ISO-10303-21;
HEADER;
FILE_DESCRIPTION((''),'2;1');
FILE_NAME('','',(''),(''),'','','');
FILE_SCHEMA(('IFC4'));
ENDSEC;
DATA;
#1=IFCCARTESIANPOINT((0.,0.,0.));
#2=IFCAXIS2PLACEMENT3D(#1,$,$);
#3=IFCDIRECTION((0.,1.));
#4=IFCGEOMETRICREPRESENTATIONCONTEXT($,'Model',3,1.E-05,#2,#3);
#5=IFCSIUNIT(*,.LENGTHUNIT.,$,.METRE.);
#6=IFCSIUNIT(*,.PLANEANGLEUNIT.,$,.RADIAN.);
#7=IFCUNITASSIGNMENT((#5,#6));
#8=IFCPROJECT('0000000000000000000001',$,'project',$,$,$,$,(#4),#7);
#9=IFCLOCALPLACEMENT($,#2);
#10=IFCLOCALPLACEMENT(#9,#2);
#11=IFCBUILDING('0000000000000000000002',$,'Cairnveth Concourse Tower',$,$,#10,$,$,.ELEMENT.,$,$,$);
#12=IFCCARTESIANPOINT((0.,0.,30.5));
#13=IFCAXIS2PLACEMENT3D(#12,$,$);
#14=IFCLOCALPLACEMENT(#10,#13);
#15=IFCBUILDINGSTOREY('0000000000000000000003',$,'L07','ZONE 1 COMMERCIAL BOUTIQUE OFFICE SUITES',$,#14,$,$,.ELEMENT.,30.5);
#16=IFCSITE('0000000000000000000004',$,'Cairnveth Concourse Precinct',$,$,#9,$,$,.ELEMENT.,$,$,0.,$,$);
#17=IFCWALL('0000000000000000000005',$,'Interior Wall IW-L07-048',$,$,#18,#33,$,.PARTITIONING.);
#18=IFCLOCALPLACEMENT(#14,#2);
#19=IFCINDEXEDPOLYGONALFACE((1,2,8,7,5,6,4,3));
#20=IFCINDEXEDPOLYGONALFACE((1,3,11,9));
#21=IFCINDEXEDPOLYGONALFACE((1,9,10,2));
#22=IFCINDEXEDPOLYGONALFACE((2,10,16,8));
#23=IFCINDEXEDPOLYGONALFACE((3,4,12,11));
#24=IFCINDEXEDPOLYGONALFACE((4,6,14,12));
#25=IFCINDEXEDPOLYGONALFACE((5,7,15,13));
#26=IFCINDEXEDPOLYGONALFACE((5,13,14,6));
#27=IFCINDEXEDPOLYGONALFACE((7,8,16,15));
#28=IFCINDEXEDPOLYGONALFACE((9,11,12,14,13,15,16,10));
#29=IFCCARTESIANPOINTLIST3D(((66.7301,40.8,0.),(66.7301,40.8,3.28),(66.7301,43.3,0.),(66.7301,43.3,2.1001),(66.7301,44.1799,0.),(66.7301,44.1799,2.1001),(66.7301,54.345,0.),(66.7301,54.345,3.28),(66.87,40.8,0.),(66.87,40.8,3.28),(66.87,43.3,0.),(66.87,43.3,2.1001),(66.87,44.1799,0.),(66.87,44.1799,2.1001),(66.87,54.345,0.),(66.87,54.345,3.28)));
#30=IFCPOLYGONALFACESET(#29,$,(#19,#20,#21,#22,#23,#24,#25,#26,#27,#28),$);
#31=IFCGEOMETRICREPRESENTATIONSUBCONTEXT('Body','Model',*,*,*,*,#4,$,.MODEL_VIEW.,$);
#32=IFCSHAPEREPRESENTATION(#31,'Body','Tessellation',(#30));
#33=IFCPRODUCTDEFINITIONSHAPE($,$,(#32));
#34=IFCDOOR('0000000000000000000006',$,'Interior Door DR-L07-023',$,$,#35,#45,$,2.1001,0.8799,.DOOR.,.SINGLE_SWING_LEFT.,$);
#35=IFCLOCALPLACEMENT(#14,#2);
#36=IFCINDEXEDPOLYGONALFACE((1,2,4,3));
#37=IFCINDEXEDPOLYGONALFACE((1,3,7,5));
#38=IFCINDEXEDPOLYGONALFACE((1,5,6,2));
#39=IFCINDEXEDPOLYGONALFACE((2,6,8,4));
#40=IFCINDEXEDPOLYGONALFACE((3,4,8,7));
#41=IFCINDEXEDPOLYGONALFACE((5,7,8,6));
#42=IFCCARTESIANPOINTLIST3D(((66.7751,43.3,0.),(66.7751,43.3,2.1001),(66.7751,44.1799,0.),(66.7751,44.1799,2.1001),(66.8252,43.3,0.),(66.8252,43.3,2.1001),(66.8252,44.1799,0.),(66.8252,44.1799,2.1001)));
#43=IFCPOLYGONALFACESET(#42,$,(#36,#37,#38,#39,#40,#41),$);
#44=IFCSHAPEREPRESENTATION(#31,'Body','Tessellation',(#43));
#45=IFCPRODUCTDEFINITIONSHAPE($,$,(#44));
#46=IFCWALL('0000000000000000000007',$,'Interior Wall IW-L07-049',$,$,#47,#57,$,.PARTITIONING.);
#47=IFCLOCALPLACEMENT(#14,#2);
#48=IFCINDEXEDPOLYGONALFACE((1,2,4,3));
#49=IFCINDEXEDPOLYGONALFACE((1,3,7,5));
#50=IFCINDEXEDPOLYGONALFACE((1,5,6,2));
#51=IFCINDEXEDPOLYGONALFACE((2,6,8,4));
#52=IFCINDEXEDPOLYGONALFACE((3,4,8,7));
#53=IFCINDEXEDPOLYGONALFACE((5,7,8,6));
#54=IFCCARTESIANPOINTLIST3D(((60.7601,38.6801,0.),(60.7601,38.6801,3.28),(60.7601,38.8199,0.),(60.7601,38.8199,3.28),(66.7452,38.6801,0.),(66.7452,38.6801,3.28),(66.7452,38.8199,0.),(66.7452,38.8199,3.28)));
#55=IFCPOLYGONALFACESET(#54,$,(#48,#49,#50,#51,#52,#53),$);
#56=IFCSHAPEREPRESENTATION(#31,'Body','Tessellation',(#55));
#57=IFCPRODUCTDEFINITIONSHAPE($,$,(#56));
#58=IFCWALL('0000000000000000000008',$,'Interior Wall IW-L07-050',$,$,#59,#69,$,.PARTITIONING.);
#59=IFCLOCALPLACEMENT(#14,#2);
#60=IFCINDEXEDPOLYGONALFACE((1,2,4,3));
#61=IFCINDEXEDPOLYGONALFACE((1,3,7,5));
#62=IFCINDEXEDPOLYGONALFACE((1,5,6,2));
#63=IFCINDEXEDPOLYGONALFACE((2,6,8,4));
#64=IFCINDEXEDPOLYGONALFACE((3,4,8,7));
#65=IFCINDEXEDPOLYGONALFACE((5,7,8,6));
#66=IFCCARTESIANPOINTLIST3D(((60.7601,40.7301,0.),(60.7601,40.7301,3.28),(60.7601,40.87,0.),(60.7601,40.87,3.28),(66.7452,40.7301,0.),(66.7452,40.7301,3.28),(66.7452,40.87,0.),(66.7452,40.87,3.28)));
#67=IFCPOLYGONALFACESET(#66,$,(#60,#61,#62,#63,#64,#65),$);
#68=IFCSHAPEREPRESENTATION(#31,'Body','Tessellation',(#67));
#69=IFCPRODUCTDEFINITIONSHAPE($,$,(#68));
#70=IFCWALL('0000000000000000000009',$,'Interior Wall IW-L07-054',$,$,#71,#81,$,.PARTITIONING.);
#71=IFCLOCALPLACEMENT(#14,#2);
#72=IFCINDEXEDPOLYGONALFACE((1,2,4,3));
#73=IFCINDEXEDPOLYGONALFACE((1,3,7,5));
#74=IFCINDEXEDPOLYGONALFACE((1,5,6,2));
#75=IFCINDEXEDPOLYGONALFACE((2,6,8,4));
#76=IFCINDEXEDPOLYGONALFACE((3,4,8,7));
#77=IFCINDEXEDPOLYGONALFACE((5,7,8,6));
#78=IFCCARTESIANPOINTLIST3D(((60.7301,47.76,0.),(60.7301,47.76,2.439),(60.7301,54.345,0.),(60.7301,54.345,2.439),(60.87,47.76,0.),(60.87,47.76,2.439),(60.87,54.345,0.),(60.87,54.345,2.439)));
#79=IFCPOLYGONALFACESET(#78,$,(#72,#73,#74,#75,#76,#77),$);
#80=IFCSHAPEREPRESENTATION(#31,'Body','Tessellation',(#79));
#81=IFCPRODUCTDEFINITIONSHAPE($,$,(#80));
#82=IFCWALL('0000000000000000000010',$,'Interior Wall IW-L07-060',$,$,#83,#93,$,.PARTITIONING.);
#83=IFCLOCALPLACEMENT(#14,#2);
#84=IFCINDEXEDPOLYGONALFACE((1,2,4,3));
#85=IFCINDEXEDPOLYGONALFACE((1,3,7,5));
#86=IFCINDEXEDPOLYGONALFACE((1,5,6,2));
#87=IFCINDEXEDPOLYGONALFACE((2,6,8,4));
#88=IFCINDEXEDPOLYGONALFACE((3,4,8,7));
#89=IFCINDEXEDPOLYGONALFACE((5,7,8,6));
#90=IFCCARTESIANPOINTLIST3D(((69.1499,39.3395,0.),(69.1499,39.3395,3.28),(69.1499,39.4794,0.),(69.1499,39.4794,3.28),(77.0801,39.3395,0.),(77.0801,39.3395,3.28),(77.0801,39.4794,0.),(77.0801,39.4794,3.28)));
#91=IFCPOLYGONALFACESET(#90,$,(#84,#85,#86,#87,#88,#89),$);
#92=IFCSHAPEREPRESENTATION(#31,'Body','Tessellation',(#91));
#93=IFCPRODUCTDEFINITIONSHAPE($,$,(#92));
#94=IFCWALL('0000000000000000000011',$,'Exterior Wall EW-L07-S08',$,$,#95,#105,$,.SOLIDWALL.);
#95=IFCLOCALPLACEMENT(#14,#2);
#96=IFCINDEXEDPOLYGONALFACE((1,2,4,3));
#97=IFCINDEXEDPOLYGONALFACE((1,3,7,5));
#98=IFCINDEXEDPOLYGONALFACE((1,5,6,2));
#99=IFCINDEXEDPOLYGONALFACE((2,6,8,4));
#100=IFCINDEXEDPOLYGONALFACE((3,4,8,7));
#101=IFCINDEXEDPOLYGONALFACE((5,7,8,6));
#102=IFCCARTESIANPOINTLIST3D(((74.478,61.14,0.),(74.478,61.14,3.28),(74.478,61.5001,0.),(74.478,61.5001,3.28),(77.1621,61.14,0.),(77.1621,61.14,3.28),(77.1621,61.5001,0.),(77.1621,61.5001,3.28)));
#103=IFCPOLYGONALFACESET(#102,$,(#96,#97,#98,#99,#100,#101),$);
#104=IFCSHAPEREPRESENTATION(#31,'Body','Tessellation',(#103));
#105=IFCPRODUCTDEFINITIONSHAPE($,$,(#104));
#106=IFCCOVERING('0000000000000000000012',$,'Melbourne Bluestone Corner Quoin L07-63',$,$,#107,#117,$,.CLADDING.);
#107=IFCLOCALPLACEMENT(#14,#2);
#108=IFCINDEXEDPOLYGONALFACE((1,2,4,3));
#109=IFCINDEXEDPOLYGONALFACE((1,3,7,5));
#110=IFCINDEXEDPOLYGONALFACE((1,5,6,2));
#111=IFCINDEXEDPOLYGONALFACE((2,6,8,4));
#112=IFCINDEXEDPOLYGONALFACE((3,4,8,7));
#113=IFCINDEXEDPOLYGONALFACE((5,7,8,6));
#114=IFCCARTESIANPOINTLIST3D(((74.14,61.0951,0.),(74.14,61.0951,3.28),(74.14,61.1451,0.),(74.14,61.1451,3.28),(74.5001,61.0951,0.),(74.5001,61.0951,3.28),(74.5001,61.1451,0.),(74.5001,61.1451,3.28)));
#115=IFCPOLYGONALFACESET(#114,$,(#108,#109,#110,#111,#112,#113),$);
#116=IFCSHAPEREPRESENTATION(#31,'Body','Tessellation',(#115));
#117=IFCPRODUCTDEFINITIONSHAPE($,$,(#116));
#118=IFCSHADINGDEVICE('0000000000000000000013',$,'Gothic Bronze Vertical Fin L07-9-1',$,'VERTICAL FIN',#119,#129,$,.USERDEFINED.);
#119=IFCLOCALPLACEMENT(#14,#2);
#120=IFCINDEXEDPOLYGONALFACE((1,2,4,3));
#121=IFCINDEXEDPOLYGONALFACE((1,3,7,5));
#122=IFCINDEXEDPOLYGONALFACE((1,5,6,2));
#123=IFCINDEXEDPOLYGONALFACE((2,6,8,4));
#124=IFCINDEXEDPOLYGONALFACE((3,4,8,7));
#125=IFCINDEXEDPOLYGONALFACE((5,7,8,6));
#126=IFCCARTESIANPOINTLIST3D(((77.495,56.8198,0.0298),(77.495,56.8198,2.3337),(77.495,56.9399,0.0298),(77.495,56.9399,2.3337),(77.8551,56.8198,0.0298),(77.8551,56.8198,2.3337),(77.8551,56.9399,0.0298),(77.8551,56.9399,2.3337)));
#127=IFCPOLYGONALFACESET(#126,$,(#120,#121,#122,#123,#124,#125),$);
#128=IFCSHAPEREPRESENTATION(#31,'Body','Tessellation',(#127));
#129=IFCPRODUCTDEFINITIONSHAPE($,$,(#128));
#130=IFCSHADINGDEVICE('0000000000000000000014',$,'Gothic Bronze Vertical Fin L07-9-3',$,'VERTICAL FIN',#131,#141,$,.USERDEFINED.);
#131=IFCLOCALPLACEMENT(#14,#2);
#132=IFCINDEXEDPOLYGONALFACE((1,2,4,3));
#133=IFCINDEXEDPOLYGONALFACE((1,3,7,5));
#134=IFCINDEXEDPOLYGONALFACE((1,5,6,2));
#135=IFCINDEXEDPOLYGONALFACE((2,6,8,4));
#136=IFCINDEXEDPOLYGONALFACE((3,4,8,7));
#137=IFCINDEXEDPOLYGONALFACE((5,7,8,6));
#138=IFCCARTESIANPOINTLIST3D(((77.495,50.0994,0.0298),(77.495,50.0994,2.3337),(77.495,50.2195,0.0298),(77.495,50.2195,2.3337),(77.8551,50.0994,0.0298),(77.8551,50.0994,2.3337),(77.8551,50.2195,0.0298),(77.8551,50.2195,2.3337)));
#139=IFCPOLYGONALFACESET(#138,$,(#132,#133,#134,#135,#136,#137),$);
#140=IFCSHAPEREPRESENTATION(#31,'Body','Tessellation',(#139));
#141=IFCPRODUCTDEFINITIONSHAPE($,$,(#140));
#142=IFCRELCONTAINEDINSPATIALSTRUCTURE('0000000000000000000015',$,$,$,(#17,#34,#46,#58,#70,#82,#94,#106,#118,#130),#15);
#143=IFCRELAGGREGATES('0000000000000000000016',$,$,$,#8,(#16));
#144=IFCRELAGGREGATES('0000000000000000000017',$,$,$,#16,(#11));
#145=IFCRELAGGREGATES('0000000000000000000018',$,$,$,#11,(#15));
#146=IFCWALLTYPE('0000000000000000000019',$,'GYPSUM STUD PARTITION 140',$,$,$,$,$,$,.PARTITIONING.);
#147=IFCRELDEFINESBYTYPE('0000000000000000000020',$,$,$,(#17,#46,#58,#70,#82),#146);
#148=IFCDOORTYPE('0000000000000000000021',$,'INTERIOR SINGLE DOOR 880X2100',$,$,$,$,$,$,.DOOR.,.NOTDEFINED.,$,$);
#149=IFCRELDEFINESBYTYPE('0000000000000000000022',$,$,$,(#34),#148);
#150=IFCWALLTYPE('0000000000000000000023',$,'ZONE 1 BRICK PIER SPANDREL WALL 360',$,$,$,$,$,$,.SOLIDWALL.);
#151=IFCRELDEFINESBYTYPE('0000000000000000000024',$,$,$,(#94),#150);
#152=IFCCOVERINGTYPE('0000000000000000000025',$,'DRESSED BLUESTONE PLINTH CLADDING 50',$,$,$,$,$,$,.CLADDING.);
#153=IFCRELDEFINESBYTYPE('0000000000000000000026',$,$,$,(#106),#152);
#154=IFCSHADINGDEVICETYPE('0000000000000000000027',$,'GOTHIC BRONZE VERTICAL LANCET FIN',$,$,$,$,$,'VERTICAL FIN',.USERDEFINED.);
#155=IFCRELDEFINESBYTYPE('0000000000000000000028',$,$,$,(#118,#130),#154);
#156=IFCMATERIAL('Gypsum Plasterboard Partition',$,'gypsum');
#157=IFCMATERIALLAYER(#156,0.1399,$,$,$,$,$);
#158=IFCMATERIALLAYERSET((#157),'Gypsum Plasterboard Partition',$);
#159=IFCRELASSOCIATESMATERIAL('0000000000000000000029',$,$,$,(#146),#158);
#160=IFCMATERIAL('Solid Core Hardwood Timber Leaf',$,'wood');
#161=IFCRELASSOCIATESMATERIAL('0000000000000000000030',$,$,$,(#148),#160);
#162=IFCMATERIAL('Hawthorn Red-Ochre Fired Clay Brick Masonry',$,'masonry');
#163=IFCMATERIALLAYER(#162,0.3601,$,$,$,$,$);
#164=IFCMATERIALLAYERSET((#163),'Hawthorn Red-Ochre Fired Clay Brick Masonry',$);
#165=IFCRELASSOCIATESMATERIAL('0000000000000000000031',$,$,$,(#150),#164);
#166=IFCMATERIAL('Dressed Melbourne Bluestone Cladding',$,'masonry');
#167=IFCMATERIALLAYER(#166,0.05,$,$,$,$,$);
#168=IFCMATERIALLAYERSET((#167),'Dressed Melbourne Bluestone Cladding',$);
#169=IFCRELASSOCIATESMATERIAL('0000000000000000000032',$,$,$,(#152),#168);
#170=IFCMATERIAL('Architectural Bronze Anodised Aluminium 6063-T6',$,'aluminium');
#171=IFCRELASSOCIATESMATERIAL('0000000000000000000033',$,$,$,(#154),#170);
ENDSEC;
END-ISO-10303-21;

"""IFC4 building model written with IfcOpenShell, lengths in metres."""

from ifc_helpers import new_model, si_unit, direction, frame, frame_2d, origin, origin_2d, place, context, subcontext, project, spatial, rectangle, extrude, material, layer, layer_set, type_object, element, fill, save


model = new_model("IFC4")

# Units and contexts
model_context = context("Model", 3, precision=1e-05, world=origin(), true_north=direction((0.0, 1.0)))
body_context = subcontext(model_context, "Body", "Model", "MODEL_VIEW")
ifc_project = project(units=[si_unit("LENGTHUNIT", "METRE"), si_unit("PLANEANGLEUNIT", "RADIAN")], contexts=[model_context])

# Site, building, storey
site_placement = place(None, origin())
site = spatial("IfcSite", under=ifc_project, at=site_placement, Name="Cairnveth Concourse Precinct", CompositionType="ELEMENT", RefElevation=0.0)
building_placement = place(site_placement, origin())
building = spatial("IfcBuilding", under=site, at=building_placement, Name="Cairnveth Concourse Tower", CompositionType="ELEMENT")
storey_placement = place(building_placement, frame((0.0, 0.0, 30.5)))
storey = spatial("IfcBuildingStorey", under=building, at=storey_placement, Name="L07", Description="ZONE 1 COMMERCIAL BOUTIQUE OFFICE SUITES", CompositionType="ELEMENT", Elevation=30.5)

# Wall, opening, door
ifc_material_1 = material(Name="Gypsum Plasterboard Partition", Category="gypsum")
ifc_layer_1 = layer(ifc_material_1, 0.1399)
ifc_layer_set_1 = layer_set([ifc_layer_1], Name="Gypsum Plasterboard Partition")
wall_type_1 = type_object("IfcWallType", Name="GYPSUM STUD PARTITION 140", PredefinedType="PARTITIONING", material=ifc_layer_set_1)
wall_1_placement = place(storey_placement, frame((66.8, 40.8, 0.0), z_axis=(0.0, 0.0, 1.0), x_axis=(0.0, 1.0, 0.0)))
wall_1 = element("IfcWall", 1, at=wall_1_placement, inside=storey, type_object=wall_type_1, Name="Interior Wall IW-L07-048", PredefinedType="PARTITIONING", context=body_context, shape_type="SweptSolid", body=[
    extrude(rectangle(XDim=13.5449, YDim=0.1399, at=frame_2d((6.7725, 0.0))), origin(), (0.0, 0.0, 1.0), 3.28),
])
opening_placement = place(wall_1_placement, frame((2.5, 0.0, 0.0)))
opening = element("IfcOpeningElement", 2, at=opening_placement, cuts=wall_1, PredefinedType="OPENING", context=body_context, shape_type="SweptSolid", body=[
    extrude(rectangle(XDim=0.8799, YDim=2.1001, at=frame_2d((0.4399, 1.05))), frame((0.0, 0.0798, 0.0), z_axis=(0.0, -1.0, 0.0), x_axis=(1.0, 0.0, 0.0)), (0.0, 0.0, 1.0), 0.1599),
])
ifc_material_2 = material(Name="Solid Core Hardwood Timber Leaf", Category="wood")
door_type = type_object("IfcDoorType", Name="INTERIOR SINGLE DOOR 880X2100", OperationType="NOTDEFINED", PredefinedType="DOOR", material=ifc_material_2)
door_placement = place(opening_placement, origin())
door = element("IfcDoor", 3, at=door_placement, inside=storey, type_object=door_type, Name="Interior Door DR-L07-023", OperationType="SINGLE_SWING_LEFT", OverallHeight=2.1001, OverallWidth=0.8799, PredefinedType="DOOR", context=body_context, shape_type="SweptSolid", body=[
    extrude(rectangle(XDim=0.8799, YDim=2.1001, at=frame_2d((0.4399, 1.05))), frame((0.0, 0.0249, 0.0), z_axis=(0.0, -1.0, 0.0), x_axis=(1.0, 0.0, 0.0)), (0.0, 0.0, 1.0), 0.05),
])
fill(opening, door)

# Walls
for number, where, z_axis, x_axis, name in (
    (4, (60.76, 38.75, 0.0), (0.0, 0.0, 1.0), (1.0, 0.0, 0.0), "Interior Wall IW-L07-049"),
    (5, (60.76, 40.8, 0.0), (0.0, 0.0, 1.0), (1.0, 0.0, 0.0), "Interior Wall IW-L07-050"),
):
    element("IfcWall", number, at=place(storey_placement, frame(where, z_axis=z_axis, x_axis=x_axis)), inside=storey, type_object=wall_type_1, Name=name, PredefinedType="PARTITIONING", context=body_context, shape_type="SweptSolid", body=[
        extrude(rectangle(XDim=5.9851, YDim=0.1399, at=frame_2d((2.9927, 0.0))), origin(), (0.0, 0.0, 1.0), 3.28),
    ])
wall_2_placement = place(storey_placement, frame((60.8, 47.76, 0.0), z_axis=(0.0, 0.0, 1.0), x_axis=(0.0, 1.0, 0.0)))
element("IfcWall", 6, at=wall_2_placement, inside=storey, type_object=wall_type_1, Name="Interior Wall IW-L07-054", PredefinedType="PARTITIONING", context=body_context, shape_type="SweptSolid", body=[
    extrude(rectangle(XDim=6.585, YDim=0.1399, at=frame_2d((3.2925, 0.0))), origin(), (0.0, 0.0, 1.0), 2.439),
])
wall_3_placement = place(storey_placement, frame((69.1499, 39.4094, 0.0), z_axis=(0.0, 0.0, 1.0), x_axis=(1.0, 0.0, 0.0)))
element("IfcWall", 7, at=wall_3_placement, inside=storey, type_object=wall_type_1, Name="Interior Wall IW-L07-060", PredefinedType="PARTITIONING", context=body_context, shape_type="SweptSolid", body=[
    extrude(rectangle(XDim=7.9302, YDim=0.1399, at=frame_2d((3.9651, 0.0))), origin(), (0.0, 0.0, 1.0), 3.28),
])
ifc_material_3 = material(Name="Hawthorn Red-Ochre Fired Clay Brick Masonry", Category="masonry")
ifc_layer_2 = layer(ifc_material_3, 0.3601)
ifc_layer_set_2 = layer_set([ifc_layer_2], Name="Hawthorn Red-Ochre Fired Clay Brick Masonry")
wall_type_2 = type_object("IfcWallType", Name="ZONE 1 BRICK PIER SPANDREL WALL 360", PredefinedType="SOLIDWALL", material=ifc_layer_set_2)
wall_4_placement = place(storey_placement, frame((74.478, 61.3201, 0.0), z_axis=(0.0, 0.0, 1.0), x_axis=(1.0, 0.0, 0.0)))
element("IfcWall", 8, at=wall_4_placement, inside=storey, type_object=wall_type_2, Name="Exterior Wall EW-L07-S08", PredefinedType="SOLIDWALL", context=body_context, shape_type="SweptSolid", body=[
    extrude(rectangle(XDim=2.6841, YDim=0.3601, at=frame_2d((1.342, 0.0))), origin(), (0.0, 0.0, 1.0), 3.28),
])

# Covering
ifc_material_4 = material(Name="Dressed Melbourne Bluestone Cladding", Category="masonry")
ifc_layer_3 = layer(ifc_material_4, 0.05)
ifc_layer_set_3 = layer_set([ifc_layer_3], Name="Dressed Melbourne Bluestone Cladding")
covering_type = type_object("IfcCoveringType", Name="DRESSED BLUESTONE PLINTH CLADDING 50", PredefinedType="CLADDING", material=ifc_layer_set_3)
covering_placement = place(storey_placement, frame((74.1399, 61.1201, 0.0), z_axis=(0.0, 0.0, 1.0), x_axis=(1.0, 0.0, 0.0)))
element("IfcCovering", 9, at=covering_placement, inside=storey, type_object=covering_type, Name="Melbourne Bluestone Corner Quoin L07-63", PredefinedType="CLADDING", context=body_context, shape_type="SweptSolid", body=[
    extrude(rectangle(XDim=0.3601, YDim=0.05, at=frame_2d((0.1802, 0.0))), origin(), (0.0, 0.0, 1.0), 3.28),
])

# Shading devices
ifc_material_5 = material(Name="Architectural Bronze Anodised Aluminium 6063-T6", Category="aluminium")
shading_device_type = type_object("IfcShadingDeviceType", Name="GOTHIC BRONZE VERTICAL LANCET FIN", ElementType="VERTICAL FIN", PredefinedType="USERDEFINED", material=ifc_material_5)
for number, where, z_axis, x_axis, name in (
    (10, (77.675, 56.8799, 0.0298), (0.0, 0.0, 1.0), (0.0, 1.0, 0.0), "Gothic Bronze Vertical Fin L07-9-1"),
    (11, (77.675, 50.1594, 0.0298), (0.0, 0.0, 1.0), (0.0, 1.0, 0.0), "Gothic Bronze Vertical Fin L07-9-3"),
):
    element("IfcShadingDevice", number, at=place(storey_placement, frame(where, z_axis=z_axis, x_axis=x_axis)), inside=storey, type_object=shading_device_type, Name=name, ObjectType="VERTICAL FIN", PredefinedType="USERDEFINED", context=body_context, shape_type="SweptSolid", body=[
        extrude(rectangle(XDim=0.1201, YDim=0.3601, at=origin_2d()), origin(), (0.0, 0.0, 1.0), 2.304),
    ])

save(model, "model.ifc")
